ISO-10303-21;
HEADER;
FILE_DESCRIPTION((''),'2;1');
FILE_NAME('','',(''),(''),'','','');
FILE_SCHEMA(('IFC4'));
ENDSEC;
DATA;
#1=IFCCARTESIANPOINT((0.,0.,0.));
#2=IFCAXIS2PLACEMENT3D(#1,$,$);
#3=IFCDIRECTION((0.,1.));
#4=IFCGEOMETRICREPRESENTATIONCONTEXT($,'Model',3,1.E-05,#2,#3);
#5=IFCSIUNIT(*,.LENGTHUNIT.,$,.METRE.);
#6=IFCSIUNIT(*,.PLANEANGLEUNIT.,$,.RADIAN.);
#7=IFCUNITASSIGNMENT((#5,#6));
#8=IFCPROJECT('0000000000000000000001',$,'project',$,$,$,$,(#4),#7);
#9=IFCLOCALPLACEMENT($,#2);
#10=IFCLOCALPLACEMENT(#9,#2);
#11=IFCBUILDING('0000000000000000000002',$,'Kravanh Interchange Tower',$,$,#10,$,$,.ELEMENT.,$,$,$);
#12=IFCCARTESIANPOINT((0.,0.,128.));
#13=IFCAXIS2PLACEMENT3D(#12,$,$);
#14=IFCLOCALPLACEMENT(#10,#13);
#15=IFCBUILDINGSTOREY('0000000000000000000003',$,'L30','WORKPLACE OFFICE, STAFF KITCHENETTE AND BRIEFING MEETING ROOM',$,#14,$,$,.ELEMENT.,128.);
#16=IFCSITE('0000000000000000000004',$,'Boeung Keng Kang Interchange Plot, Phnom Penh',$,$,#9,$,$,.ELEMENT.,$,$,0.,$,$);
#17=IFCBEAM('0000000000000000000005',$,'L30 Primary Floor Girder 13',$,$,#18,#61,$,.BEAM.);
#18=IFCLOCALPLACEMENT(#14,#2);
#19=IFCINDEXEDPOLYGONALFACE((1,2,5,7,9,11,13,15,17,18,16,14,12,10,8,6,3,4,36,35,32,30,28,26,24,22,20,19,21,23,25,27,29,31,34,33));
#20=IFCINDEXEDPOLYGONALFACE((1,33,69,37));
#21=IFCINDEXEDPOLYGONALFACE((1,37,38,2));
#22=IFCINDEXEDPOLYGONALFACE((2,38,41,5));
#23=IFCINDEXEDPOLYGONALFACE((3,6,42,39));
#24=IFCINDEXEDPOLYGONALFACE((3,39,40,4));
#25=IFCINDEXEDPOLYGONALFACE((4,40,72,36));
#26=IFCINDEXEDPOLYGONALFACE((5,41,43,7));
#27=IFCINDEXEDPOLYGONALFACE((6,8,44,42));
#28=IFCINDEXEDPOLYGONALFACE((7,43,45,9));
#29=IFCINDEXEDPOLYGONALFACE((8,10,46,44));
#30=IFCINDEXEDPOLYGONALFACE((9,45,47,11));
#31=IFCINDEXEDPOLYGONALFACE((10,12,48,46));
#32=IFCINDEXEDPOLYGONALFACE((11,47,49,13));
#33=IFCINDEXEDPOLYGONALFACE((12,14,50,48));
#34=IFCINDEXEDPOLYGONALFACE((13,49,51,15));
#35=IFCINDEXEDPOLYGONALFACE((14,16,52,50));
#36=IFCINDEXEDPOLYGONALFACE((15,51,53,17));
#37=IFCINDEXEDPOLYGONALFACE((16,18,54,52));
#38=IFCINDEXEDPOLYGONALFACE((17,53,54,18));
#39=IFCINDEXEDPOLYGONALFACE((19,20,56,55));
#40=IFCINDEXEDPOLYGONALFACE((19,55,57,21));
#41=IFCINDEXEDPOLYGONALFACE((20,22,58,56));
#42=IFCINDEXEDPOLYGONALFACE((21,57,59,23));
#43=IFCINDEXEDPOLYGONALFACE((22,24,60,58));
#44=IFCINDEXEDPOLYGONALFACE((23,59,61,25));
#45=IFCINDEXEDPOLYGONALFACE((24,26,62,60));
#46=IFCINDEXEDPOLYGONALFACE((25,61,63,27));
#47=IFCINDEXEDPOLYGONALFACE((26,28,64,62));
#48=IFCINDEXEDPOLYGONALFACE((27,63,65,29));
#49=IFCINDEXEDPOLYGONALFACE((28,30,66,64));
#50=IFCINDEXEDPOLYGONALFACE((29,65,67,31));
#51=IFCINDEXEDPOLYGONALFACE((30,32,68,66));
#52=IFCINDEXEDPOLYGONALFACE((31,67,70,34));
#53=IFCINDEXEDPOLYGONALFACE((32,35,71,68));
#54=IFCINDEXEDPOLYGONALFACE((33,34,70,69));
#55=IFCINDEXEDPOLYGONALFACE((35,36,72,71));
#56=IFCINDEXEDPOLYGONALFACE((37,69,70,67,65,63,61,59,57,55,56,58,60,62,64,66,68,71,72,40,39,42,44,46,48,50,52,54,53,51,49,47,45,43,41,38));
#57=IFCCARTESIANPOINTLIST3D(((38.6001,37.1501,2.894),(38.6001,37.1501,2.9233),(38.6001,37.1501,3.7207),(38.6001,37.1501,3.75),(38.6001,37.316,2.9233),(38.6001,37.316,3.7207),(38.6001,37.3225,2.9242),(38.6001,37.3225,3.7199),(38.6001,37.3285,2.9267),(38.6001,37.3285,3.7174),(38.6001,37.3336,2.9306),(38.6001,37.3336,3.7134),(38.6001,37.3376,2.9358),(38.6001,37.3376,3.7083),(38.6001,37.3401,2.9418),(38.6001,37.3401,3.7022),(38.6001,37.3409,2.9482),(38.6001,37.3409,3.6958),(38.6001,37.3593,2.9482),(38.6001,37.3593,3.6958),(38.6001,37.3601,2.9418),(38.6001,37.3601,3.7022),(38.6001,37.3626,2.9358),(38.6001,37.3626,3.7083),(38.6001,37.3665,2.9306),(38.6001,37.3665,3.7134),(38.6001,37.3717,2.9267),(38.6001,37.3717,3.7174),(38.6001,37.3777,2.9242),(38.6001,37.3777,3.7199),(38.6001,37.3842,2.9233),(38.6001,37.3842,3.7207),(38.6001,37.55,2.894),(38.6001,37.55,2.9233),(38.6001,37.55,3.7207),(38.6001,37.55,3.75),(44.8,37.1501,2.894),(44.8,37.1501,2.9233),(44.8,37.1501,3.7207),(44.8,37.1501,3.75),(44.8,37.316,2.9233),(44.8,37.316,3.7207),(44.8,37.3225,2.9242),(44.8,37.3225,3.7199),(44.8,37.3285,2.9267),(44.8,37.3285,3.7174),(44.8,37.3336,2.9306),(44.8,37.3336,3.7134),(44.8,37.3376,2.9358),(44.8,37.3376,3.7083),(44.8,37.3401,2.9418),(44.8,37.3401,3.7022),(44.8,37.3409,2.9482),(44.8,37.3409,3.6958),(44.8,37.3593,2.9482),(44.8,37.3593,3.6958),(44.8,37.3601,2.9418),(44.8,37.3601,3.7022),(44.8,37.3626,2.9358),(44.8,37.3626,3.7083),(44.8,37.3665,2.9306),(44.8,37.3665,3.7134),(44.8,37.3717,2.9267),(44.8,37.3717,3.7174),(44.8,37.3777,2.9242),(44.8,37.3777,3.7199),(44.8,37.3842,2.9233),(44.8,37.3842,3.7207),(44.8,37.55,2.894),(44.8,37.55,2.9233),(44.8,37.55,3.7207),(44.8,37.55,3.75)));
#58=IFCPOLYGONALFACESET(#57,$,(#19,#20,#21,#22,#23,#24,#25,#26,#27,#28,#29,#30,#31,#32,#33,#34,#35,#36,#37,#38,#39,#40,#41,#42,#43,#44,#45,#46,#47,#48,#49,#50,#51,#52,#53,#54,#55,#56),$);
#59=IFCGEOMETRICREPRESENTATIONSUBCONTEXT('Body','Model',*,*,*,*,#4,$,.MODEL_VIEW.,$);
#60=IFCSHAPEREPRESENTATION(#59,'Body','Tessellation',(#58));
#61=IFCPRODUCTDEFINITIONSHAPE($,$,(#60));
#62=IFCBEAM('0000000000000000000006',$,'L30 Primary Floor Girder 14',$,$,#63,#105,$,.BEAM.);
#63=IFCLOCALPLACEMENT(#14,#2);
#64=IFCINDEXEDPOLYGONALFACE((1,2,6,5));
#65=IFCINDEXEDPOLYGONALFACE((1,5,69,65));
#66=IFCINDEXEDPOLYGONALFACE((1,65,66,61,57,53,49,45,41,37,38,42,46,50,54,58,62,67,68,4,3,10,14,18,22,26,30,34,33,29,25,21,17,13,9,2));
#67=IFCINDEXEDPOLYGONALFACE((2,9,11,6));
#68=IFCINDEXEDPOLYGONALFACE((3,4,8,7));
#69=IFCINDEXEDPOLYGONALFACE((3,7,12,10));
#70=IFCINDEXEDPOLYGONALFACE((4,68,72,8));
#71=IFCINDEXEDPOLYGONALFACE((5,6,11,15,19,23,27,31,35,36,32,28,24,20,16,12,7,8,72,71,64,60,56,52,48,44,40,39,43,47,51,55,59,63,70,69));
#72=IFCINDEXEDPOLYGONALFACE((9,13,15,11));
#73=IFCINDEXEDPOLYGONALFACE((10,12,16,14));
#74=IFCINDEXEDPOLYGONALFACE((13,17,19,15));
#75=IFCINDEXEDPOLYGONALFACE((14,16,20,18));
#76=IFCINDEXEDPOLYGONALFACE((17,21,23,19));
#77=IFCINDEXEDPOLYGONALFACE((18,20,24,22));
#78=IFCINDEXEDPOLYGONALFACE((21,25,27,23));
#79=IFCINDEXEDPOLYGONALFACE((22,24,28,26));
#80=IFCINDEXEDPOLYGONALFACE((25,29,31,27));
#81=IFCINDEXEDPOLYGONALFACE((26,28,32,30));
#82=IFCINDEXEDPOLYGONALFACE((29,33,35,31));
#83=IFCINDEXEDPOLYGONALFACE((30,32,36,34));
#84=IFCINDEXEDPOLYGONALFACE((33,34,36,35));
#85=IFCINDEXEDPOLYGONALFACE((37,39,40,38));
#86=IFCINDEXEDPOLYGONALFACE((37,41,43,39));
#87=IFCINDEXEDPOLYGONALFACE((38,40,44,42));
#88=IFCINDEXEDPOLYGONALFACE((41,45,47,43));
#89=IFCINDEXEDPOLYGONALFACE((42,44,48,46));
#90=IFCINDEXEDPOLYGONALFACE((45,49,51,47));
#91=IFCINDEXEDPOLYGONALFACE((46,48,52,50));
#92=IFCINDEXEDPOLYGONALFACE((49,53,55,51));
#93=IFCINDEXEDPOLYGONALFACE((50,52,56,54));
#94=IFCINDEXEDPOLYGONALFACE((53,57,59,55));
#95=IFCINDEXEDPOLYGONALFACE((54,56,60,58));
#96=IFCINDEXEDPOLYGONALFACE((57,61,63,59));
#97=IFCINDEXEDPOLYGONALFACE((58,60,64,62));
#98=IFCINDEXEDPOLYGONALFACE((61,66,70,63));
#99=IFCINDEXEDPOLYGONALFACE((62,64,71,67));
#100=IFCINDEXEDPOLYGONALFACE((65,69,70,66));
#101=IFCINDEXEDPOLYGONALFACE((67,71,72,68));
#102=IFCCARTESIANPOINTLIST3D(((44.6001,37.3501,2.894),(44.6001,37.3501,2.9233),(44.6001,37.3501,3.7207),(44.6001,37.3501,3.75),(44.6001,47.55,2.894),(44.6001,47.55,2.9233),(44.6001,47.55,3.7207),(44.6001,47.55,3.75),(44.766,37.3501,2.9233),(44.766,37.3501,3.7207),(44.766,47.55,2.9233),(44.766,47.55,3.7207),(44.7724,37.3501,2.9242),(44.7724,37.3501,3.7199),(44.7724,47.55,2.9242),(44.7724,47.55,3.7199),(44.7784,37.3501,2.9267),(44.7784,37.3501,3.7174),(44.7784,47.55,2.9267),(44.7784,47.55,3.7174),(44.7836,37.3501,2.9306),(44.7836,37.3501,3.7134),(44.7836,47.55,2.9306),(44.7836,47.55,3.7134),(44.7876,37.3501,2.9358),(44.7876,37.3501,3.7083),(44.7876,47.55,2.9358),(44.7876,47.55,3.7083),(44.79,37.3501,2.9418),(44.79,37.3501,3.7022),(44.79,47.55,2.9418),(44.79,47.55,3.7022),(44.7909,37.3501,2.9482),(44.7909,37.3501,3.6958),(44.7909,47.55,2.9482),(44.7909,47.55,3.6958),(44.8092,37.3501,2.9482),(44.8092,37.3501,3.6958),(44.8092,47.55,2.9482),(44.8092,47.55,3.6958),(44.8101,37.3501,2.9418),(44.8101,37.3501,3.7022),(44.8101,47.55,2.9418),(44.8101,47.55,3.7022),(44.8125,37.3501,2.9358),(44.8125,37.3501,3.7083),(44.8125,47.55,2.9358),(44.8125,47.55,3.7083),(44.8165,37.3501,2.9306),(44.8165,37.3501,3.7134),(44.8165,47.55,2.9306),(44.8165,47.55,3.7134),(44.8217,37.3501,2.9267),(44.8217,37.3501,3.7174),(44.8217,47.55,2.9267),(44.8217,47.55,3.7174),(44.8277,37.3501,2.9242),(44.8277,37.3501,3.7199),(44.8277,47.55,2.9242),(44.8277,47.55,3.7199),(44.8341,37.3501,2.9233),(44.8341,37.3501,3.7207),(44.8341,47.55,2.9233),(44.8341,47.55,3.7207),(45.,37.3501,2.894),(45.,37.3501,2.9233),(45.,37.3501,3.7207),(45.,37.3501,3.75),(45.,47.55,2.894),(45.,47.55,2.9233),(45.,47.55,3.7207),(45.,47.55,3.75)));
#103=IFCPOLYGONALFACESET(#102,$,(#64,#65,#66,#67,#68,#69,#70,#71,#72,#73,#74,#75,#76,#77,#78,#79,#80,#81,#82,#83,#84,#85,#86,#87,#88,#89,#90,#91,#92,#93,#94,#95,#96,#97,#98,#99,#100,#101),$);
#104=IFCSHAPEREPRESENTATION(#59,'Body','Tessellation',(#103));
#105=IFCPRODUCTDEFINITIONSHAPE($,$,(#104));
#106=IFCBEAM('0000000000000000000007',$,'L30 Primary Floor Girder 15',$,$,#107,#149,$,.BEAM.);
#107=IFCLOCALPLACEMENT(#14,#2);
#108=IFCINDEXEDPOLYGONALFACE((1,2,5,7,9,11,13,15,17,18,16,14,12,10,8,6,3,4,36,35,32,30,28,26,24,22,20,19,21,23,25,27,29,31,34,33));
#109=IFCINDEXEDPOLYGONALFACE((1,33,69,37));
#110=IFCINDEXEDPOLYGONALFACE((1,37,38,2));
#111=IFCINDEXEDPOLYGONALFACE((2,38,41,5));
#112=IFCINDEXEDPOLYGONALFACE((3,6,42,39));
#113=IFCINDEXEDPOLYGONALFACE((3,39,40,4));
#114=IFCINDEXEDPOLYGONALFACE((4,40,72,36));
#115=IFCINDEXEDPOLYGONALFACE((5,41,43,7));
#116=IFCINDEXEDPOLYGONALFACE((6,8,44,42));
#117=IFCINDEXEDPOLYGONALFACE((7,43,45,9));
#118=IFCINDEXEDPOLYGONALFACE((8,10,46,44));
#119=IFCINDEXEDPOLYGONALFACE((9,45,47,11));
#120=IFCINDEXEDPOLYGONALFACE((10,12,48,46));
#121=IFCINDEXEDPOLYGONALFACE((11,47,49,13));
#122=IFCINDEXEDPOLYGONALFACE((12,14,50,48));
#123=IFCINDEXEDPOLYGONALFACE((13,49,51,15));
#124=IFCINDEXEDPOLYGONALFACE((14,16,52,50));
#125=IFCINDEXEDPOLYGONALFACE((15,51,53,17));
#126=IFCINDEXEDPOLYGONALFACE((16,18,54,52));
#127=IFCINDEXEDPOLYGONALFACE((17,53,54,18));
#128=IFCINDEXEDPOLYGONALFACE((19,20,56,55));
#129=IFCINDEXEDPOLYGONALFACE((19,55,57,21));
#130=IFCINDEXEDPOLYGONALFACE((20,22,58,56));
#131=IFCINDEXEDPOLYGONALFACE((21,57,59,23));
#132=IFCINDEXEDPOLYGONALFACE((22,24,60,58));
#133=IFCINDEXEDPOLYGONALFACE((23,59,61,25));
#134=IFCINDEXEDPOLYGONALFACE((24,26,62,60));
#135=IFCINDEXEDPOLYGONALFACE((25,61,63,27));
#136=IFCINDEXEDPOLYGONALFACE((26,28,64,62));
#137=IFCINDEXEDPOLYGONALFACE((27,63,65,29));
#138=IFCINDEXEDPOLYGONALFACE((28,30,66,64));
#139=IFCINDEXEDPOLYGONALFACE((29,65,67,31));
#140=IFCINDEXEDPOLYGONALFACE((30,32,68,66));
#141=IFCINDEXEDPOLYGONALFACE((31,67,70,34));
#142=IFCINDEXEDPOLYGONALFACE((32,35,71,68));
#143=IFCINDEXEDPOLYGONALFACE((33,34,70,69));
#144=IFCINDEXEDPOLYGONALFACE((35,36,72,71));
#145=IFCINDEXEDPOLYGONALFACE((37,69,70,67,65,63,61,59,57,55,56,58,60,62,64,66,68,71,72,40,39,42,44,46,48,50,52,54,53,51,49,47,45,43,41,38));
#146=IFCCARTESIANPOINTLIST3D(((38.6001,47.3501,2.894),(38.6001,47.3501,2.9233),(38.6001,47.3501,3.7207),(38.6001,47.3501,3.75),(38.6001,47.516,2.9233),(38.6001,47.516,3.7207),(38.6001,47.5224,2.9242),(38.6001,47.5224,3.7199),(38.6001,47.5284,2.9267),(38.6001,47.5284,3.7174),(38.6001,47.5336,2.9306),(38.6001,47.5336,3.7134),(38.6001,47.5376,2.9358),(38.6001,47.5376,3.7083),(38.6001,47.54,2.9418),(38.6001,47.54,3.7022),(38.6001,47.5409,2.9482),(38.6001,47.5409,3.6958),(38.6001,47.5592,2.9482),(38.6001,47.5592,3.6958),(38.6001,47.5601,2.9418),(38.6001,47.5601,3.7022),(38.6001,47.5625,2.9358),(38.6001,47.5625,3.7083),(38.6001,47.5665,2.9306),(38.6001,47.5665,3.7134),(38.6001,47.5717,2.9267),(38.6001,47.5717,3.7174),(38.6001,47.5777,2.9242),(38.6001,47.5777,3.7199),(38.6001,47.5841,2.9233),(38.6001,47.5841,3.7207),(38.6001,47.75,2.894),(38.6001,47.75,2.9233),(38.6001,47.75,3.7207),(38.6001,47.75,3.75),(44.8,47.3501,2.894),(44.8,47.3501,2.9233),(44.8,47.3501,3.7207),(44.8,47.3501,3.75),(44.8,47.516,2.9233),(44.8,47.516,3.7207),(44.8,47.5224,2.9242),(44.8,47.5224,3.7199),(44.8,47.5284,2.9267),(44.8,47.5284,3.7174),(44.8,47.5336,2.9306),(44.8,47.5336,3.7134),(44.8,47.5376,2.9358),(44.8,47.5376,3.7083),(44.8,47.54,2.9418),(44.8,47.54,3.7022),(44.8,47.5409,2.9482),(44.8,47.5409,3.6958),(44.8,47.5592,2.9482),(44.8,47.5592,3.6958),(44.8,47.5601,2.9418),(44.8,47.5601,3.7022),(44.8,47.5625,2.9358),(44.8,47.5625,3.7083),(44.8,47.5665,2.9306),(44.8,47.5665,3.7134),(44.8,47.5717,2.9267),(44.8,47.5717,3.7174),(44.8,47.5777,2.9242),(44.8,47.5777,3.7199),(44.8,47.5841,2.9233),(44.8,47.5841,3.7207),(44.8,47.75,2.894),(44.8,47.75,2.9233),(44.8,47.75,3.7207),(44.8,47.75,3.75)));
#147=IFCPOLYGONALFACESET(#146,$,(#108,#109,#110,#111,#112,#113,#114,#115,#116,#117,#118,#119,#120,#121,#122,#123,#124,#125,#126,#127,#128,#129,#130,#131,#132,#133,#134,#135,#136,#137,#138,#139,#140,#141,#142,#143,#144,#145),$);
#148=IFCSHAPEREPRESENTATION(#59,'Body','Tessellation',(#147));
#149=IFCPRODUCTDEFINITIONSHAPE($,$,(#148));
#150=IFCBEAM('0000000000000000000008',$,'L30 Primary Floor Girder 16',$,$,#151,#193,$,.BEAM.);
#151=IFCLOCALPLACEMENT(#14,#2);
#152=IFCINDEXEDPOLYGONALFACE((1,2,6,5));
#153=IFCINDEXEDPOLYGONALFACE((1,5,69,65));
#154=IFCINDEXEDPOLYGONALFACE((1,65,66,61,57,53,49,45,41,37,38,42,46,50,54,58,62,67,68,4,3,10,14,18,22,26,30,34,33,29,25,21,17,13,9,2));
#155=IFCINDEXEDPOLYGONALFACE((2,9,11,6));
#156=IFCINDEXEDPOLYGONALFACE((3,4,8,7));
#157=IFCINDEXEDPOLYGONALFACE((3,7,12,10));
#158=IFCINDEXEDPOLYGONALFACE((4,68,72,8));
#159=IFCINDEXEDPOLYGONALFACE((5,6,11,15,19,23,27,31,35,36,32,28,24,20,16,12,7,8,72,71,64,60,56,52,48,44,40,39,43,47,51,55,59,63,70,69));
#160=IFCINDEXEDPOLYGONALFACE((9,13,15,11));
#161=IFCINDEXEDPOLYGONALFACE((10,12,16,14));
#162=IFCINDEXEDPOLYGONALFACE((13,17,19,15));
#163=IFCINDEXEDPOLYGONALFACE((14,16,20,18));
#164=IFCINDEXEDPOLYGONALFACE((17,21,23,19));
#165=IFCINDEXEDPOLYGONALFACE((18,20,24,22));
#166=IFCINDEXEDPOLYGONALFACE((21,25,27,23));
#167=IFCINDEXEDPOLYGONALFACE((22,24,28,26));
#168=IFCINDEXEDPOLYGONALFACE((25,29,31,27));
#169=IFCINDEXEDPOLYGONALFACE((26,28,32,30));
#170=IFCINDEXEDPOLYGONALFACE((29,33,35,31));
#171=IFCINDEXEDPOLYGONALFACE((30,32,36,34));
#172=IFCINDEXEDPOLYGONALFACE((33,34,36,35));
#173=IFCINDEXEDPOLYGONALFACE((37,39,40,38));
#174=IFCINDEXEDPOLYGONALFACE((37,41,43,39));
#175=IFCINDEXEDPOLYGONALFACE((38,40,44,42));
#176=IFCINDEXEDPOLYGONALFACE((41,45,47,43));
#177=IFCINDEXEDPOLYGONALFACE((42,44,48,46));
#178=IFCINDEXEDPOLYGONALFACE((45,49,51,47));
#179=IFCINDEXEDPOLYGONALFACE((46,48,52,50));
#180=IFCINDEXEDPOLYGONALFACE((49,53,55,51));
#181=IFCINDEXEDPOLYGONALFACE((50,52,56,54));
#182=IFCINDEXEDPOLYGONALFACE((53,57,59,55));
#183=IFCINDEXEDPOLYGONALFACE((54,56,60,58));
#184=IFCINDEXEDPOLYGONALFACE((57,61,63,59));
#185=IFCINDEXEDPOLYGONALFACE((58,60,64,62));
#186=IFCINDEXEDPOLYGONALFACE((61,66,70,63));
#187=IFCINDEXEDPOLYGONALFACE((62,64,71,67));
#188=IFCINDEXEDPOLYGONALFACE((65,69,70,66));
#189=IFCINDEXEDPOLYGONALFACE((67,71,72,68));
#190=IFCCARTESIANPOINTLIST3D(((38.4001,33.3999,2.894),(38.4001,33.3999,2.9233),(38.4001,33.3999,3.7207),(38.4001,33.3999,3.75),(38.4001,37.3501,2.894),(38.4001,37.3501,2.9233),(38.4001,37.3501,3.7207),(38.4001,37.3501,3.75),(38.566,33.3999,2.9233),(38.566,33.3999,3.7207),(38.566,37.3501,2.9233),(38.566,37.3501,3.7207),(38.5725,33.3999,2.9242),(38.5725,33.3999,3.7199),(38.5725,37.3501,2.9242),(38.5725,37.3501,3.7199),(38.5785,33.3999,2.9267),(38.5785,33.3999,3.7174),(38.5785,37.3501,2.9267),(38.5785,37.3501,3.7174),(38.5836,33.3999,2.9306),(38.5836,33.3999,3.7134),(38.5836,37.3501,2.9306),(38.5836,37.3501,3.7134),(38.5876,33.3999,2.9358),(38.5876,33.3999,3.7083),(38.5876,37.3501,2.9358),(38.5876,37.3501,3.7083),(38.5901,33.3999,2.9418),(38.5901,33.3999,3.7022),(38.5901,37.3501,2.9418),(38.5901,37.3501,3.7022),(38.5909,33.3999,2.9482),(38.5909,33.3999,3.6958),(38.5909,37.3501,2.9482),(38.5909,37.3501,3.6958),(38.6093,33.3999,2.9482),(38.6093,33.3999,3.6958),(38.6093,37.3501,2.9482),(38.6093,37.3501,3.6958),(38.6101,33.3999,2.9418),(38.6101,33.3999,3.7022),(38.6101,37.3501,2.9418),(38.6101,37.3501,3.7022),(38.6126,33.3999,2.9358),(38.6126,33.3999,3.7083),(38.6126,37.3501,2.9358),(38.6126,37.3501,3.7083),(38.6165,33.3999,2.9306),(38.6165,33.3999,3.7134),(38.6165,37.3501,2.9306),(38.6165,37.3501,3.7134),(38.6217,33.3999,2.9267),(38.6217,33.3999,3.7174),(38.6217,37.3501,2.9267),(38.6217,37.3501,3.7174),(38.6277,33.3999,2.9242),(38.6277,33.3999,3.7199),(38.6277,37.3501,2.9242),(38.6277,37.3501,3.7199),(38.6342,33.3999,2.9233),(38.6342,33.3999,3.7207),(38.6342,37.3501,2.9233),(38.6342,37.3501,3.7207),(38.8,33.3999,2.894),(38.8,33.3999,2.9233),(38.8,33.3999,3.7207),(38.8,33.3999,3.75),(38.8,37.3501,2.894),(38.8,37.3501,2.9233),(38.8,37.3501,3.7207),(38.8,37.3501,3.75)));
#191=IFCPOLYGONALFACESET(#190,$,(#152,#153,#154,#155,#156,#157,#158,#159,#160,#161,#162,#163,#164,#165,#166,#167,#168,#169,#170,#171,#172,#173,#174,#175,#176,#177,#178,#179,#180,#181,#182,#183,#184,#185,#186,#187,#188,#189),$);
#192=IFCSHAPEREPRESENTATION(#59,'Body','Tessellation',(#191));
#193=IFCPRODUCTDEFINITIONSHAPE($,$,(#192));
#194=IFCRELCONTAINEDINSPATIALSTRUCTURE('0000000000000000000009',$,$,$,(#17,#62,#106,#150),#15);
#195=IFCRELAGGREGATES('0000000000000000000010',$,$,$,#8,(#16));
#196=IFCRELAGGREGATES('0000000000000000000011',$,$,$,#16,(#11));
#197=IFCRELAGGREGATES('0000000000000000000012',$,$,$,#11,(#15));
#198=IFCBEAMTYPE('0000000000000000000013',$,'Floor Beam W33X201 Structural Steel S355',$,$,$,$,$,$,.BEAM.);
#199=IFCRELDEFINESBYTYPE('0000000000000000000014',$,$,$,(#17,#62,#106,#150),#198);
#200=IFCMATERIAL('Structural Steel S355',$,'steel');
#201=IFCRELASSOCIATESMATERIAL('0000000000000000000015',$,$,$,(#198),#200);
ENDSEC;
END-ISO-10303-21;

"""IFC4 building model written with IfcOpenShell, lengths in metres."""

from ifc_helpers import new_model, si_unit, direction, frame, origin, origin_2d, place, context, subcontext, project, spatial, i_section, extrude, material, material_profile, profile_set, type_object, element, save


model = new_model("IFC4")

# Units and contexts
model_context = context("Model", 3, precision=1e-05, world=origin(), true_north=direction((0.0, 1.0)))
body_context = subcontext(model_context, "Body", "Model", "MODEL_VIEW")
ifc_project = project(units=[si_unit("LENGTHUNIT", "METRE"), si_unit("PLANEANGLEUNIT", "RADIAN")], contexts=[model_context])

# Site, building, storey
site_placement = place(None, origin())
site = spatial("IfcSite", under=ifc_project, at=site_placement, Name="Boeung Keng Kang Interchange Plot, Phnom Penh", CompositionType="ELEMENT", RefElevation=0.0)
building_placement = place(site_placement, origin())
building = spatial("IfcBuilding", under=site, at=building_placement, Name="Kravanh Interchange Tower", CompositionType="ELEMENT")
storey_placement = place(building_placement, frame((0.0, 0.0, 128.0)))
storey = spatial("IfcBuildingStorey", under=building, at=storey_placement, Name="L30", Description="WORKPLACE OFFICE, STAFF KITCHENETTE AND BRIEFING MEETING ROOM", CompositionType="ELEMENT", Elevation=128.0)

# Beams
ifc_material_1 = material(Name="Structural Steel S355", Category="steel")
ifc_material_profile_1 = material_profile(ifc_material_1, i_section(OverallWidth=0.3999, OverallDepth=0.856, WebThickness=0.0183, FlangeThickness=0.0293, FilletRadius=0.0249, at=origin_2d()), Name="W33X201")
ifc_profile_set_1 = profile_set([ifc_material_profile_1], Name="Structural Steel S355")
beam_type_1 = type_object("IfcBeamType", Name="Floor Beam W33X201 Structural Steel S355", PredefinedType="BEAM", material=ifc_profile_set_1)
beam_1_placement = place(storey_placement, frame((44.8, 37.3501, 3.322), z_axis=(-1.0, 0.0, 0.0), x_axis=(0.0, -1.0, 0.0)))
element("IfcBeam", 1, at=beam_1_placement, inside=storey, type_object=beam_type_1, Name="L30 Primary Floor Girder 13", PredefinedType="BEAM", context=body_context, shape_type="SweptSolid", body=[
    extrude(i_section(OverallWidth=0.3999, OverallDepth=0.856, WebThickness=0.0183, FlangeThickness=0.0293, FilletRadius=0.0249, at=origin_2d()), origin(), (0.0, 0.0, 1.0), 6.2),
])
beam_2_placement = place(storey_placement, frame((44.8, 37.3501, 3.322), z_axis=(0.0, 1.0, 0.0), x_axis=(-1.0, 0.0, 0.0)))
element("IfcBeam", 2, at=beam_2_placement, inside=storey, type_object=beam_type_1, Name="L30 Primary Floor Girder 14", PredefinedType="BEAM", context=body_context, shape_type="SweptSolid", body=[
    extrude(i_section(OverallWidth=0.3999, OverallDepth=0.856, WebThickness=0.0183, FlangeThickness=0.0293, FilletRadius=0.0249, at=origin_2d()), origin(), (0.0, 0.0, 1.0), 10.2),
])
beam_3_placement = place(storey_placement, frame((44.8, 47.55, 3.322), z_axis=(-1.0, 0.0, 0.0), x_axis=(0.0, -1.0, 0.0)))
element("IfcBeam", 3, at=beam_3_placement, inside=storey, type_object=beam_type_1, Name="L30 Primary Floor Girder 15", PredefinedType="BEAM", context=body_context, shape_type="SweptSolid", body=[
    extrude(i_section(OverallWidth=0.3999, OverallDepth=0.856, WebThickness=0.0183, FlangeThickness=0.0293, FilletRadius=0.0249, at=origin_2d()), origin(), (0.0, 0.0, 1.0), 6.2),
])
beam_4_placement = place(storey_placement, frame((38.6001, 37.3501, 3.322), z_axis=(0.0, -1.0, 0.0), x_axis=(1.0, 0.0, 0.0)))
element("IfcBeam", 4, at=beam_4_placement, inside=storey, type_object=beam_type_1, Name="L30 Primary Floor Girder 16", PredefinedType="BEAM", context=body_context, shape_type="SweptSolid", body=[
    extrude(i_section(OverallWidth=0.3999, OverallDepth=0.856, WebThickness=0.0183, FlangeThickness=0.0293, FilletRadius=0.0249, at=origin_2d()), origin(), (0.0, 0.0, 1.0), 3.9502),
])

save(model, "model.ifc")
